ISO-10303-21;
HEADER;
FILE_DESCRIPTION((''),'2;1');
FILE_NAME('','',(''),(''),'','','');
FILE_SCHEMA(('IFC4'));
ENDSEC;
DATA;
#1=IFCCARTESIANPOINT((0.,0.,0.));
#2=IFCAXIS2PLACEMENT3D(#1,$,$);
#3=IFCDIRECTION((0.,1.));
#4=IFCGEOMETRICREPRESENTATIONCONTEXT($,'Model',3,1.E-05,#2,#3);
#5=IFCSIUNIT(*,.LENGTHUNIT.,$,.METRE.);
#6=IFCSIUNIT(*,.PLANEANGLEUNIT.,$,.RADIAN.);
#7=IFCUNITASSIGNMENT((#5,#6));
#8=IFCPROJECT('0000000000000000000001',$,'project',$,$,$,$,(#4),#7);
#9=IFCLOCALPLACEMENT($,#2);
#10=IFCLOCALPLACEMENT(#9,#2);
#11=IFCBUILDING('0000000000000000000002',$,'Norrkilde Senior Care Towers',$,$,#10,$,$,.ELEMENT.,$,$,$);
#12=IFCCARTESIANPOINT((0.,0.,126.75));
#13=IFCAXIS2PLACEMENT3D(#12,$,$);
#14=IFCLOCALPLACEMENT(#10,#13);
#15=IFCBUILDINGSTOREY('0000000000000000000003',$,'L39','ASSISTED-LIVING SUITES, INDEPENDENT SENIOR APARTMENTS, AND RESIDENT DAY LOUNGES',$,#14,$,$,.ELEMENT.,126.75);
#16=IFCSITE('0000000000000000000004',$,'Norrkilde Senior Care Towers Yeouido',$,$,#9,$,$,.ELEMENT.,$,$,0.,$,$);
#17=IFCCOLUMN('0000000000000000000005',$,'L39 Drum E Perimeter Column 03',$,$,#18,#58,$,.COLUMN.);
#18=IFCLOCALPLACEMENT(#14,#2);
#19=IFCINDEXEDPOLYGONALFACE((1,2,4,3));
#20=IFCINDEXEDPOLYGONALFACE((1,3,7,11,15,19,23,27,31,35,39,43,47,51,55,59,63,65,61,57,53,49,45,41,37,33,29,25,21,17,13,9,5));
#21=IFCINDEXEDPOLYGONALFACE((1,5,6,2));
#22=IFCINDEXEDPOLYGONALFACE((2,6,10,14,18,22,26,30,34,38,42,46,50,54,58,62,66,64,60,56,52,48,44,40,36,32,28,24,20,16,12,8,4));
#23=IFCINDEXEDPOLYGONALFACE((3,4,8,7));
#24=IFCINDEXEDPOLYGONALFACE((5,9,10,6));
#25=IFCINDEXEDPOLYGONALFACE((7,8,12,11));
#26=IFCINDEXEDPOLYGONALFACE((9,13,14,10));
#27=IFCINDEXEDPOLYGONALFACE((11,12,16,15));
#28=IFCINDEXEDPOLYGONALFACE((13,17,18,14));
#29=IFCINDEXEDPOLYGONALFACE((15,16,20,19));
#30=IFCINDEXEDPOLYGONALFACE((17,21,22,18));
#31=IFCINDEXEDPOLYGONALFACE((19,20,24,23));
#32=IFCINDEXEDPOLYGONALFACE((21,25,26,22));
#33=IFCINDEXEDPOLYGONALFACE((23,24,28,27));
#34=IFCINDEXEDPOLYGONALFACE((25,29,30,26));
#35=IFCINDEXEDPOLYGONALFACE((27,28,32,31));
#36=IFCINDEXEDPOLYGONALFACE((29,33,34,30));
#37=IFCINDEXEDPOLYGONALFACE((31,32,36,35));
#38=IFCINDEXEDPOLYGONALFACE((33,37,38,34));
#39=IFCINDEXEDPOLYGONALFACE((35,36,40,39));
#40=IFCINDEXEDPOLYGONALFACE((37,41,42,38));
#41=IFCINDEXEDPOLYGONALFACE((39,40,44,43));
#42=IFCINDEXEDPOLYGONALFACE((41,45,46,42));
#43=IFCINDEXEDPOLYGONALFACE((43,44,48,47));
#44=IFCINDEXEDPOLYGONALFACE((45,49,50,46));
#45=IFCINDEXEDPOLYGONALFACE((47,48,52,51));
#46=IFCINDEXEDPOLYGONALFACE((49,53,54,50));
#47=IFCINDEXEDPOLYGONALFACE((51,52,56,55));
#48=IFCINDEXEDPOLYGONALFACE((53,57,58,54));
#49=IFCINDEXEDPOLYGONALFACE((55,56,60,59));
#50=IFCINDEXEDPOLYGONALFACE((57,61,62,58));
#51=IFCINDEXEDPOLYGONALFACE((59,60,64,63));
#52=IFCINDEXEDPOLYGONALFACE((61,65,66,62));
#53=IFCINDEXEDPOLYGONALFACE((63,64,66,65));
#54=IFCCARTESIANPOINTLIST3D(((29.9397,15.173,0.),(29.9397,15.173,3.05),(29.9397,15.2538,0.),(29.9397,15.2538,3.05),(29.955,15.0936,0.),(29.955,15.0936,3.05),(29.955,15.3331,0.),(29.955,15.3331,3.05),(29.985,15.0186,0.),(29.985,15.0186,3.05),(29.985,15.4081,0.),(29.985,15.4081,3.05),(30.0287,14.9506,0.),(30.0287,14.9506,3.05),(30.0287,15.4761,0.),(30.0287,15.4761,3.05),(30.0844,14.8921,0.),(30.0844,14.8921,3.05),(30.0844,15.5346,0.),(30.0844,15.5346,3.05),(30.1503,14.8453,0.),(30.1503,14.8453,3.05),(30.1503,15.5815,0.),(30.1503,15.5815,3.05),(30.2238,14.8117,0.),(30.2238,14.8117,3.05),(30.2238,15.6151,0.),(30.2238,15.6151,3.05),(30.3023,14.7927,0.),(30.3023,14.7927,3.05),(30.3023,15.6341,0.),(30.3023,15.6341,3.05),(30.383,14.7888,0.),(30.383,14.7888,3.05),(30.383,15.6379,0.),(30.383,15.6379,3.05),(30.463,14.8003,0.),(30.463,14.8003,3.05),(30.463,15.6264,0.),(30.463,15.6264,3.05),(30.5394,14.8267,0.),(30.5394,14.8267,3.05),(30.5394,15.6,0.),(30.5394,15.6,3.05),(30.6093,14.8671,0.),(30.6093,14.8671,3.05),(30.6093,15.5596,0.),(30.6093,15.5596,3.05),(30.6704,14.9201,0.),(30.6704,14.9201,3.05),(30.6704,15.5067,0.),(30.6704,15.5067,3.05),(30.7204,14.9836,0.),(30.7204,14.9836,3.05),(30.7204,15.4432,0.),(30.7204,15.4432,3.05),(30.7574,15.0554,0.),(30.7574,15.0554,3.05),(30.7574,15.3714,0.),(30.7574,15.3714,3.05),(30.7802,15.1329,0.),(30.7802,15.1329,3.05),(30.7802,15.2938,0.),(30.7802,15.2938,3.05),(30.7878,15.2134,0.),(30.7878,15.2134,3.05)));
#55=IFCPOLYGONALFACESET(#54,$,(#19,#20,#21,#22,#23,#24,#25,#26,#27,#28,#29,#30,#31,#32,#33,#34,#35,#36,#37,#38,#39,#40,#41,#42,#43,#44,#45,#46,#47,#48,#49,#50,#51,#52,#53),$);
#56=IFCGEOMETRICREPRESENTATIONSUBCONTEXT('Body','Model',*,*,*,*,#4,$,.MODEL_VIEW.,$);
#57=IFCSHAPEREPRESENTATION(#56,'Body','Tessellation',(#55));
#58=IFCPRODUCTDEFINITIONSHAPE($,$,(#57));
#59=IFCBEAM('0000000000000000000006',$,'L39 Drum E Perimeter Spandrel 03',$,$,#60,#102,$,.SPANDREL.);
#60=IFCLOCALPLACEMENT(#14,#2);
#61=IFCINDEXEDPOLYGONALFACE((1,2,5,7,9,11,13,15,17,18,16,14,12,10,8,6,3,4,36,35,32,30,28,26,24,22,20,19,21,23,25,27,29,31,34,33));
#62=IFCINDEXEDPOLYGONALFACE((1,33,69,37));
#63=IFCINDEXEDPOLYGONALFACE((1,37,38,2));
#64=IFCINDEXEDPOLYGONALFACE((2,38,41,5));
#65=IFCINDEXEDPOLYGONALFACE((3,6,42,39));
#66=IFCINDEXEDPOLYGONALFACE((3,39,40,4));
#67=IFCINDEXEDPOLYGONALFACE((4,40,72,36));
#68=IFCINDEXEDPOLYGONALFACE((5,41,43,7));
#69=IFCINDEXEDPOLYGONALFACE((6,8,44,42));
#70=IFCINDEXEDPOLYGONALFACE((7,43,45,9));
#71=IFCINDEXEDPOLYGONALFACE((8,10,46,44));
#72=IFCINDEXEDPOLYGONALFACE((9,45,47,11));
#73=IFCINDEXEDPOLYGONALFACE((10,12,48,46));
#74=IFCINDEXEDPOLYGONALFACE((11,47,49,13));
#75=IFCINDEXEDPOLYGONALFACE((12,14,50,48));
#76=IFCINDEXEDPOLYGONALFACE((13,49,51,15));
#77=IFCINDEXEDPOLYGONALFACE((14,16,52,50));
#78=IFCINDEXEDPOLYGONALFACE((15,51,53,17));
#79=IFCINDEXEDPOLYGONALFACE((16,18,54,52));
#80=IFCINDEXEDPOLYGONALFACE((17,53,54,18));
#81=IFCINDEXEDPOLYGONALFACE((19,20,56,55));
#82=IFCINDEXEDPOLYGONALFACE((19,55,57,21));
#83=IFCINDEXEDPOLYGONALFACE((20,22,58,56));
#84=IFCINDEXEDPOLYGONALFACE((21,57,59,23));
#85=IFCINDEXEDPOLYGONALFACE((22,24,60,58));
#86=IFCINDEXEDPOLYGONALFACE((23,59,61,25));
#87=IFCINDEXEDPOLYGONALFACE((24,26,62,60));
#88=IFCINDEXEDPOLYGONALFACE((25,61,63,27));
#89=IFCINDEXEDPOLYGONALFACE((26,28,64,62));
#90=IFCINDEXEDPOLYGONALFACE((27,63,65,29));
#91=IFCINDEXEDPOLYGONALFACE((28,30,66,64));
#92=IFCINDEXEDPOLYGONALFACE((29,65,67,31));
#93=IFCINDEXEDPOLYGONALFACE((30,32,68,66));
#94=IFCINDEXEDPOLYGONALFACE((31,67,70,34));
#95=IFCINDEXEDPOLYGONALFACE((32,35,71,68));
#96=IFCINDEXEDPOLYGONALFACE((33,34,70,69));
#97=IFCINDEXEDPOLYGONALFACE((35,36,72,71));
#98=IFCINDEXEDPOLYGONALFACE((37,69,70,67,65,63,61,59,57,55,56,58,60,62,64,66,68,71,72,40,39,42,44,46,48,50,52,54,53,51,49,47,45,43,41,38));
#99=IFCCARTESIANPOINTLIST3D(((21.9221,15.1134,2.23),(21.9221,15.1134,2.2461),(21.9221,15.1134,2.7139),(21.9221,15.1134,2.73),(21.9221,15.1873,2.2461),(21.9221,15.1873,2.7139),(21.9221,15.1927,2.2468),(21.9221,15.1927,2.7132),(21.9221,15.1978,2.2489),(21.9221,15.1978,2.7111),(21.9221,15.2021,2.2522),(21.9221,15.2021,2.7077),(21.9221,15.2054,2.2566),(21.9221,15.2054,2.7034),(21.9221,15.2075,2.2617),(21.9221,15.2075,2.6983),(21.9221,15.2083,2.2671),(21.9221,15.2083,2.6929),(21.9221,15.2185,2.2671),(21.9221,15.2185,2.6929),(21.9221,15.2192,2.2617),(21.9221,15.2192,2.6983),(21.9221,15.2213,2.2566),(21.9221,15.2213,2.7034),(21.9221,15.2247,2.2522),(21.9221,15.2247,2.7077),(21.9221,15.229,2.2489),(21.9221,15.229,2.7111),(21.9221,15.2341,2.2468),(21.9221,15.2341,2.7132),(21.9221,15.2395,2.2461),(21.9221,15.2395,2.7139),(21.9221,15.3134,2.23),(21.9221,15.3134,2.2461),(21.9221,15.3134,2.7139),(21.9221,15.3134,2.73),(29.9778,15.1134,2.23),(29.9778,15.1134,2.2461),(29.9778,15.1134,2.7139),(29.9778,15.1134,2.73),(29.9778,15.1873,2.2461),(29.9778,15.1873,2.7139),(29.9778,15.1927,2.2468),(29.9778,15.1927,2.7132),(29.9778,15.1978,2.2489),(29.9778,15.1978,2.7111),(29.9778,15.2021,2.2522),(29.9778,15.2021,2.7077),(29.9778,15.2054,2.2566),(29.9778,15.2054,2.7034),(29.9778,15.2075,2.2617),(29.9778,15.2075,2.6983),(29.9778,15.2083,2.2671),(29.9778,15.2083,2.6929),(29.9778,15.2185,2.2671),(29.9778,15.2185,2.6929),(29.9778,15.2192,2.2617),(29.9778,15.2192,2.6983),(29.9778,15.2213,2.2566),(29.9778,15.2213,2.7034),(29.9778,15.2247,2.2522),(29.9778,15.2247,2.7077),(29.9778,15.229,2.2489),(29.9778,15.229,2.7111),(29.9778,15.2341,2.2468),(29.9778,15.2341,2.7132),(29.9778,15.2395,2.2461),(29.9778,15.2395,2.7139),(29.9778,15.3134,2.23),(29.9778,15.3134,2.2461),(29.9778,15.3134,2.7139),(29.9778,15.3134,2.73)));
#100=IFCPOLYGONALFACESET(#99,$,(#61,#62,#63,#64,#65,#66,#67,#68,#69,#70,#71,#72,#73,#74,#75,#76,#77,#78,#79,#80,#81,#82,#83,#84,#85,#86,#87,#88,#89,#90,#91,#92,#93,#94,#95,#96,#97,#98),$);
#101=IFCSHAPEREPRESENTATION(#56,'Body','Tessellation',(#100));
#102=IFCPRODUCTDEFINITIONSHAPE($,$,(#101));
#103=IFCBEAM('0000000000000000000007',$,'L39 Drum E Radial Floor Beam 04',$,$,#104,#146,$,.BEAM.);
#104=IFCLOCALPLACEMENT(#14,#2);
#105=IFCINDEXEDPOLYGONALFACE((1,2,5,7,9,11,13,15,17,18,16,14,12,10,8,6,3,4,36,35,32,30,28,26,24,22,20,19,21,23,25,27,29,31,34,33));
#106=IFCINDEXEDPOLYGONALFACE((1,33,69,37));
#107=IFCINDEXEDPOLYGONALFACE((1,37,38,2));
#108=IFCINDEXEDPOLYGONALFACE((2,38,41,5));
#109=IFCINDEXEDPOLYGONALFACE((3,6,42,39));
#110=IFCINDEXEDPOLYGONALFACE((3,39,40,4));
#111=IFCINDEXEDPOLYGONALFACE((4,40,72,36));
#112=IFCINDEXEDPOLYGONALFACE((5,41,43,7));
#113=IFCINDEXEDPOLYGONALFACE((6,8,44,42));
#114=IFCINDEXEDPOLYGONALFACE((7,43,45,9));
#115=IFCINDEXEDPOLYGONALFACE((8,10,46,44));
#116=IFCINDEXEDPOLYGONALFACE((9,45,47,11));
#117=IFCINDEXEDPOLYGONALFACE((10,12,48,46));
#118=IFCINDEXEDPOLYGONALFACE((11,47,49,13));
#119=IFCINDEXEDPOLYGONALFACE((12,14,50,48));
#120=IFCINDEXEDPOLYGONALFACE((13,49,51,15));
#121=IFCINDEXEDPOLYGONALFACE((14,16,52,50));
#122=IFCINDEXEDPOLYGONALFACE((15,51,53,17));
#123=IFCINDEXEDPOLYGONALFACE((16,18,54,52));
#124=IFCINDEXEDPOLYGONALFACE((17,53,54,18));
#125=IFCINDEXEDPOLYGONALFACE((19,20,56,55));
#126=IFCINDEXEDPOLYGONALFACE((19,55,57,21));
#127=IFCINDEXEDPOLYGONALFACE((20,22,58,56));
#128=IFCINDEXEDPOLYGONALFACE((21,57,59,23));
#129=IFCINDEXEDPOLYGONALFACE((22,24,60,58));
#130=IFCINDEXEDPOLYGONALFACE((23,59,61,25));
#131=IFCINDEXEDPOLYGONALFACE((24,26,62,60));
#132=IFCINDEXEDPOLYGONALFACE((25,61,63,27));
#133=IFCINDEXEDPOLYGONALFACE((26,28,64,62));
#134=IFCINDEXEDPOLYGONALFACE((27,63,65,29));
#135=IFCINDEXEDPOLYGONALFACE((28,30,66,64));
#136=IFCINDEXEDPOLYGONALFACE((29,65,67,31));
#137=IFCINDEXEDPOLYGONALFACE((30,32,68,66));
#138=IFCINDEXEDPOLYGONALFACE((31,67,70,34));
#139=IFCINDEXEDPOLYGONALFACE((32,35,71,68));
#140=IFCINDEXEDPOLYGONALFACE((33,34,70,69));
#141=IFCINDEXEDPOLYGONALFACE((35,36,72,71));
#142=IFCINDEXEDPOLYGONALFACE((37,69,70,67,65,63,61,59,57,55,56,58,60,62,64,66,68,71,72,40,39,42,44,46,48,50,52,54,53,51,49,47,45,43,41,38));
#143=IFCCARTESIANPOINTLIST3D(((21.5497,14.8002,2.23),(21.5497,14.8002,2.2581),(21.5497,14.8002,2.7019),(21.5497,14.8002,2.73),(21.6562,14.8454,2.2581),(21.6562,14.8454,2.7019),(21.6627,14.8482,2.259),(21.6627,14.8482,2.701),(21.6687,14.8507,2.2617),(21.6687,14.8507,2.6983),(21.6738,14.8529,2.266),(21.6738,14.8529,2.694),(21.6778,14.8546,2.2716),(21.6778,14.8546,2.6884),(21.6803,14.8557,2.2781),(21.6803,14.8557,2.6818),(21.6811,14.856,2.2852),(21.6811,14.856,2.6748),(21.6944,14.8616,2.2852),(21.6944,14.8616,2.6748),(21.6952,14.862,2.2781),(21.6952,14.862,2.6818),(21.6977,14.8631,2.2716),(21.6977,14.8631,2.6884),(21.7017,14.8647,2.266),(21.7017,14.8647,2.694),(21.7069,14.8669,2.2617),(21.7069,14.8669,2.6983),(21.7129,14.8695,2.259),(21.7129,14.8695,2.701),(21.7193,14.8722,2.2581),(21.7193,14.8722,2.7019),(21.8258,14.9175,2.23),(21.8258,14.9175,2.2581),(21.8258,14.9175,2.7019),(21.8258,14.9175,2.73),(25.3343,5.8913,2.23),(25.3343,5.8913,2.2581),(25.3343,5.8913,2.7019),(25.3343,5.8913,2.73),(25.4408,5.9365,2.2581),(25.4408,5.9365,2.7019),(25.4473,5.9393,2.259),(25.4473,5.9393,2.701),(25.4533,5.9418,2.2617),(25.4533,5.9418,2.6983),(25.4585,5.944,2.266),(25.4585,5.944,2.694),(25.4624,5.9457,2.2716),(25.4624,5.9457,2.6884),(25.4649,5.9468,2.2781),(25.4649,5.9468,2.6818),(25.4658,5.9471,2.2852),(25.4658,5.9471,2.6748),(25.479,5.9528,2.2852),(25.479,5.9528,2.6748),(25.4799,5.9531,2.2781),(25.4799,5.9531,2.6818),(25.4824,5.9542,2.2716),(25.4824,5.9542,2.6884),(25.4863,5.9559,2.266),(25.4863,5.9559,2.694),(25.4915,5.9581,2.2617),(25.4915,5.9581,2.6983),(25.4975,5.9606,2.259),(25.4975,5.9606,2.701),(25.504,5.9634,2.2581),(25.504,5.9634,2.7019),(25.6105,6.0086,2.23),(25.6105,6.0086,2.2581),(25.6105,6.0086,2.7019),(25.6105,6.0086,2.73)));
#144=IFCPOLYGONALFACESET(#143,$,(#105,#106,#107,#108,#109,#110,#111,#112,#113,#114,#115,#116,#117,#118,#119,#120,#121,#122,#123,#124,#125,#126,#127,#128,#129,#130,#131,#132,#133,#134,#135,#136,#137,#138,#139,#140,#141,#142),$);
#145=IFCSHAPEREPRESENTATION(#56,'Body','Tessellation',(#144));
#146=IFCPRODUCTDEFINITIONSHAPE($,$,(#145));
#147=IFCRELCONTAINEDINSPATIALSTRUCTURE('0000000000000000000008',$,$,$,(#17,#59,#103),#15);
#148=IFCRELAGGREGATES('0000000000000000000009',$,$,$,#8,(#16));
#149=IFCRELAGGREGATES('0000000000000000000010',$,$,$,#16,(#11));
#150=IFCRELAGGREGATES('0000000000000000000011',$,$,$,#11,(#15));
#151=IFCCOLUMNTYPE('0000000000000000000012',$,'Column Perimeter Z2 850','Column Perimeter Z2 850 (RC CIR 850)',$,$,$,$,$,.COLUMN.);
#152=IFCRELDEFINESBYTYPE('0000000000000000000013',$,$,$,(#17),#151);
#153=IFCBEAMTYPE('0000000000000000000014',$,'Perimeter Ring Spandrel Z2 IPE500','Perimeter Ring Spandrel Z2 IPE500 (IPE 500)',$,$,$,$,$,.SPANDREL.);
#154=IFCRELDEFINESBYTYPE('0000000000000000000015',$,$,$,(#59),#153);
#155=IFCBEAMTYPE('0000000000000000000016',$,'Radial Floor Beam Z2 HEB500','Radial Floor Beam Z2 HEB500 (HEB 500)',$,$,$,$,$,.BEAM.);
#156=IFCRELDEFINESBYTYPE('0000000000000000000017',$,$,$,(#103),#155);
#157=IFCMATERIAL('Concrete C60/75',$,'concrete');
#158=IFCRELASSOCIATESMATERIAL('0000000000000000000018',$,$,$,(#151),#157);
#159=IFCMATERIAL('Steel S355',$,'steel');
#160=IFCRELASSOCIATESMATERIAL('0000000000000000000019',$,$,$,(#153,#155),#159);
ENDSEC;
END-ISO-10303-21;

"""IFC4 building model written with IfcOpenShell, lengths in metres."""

from ifc_helpers import new_model, si_unit, direction, frame, origin, origin_2d, place, context, subcontext, project, spatial, circle, i_section, extrude, source, transform, mapped, material, material_profile, profile_set, type_object, type_shapes, element, save


model = new_model("IFC4")

# Units and contexts
model_context = context("Model", 3, precision=1e-05, world=origin(), true_north=direction((0.0, 1.0)))
body_context = subcontext(model_context, "Body", "Model", "MODEL_VIEW")
ifc_project = project(units=[si_unit("LENGTHUNIT", "METRE"), si_unit("PLANEANGLEUNIT", "RADIAN")], contexts=[model_context])

# Site, building, storey
site_placement = place(None, origin())
site = spatial("IfcSite", under=ifc_project, at=site_placement, Name="Norrkilde Senior Care Towers Yeouido", CompositionType="ELEMENT", RefElevation=0.0)
building_placement = place(site_placement, origin())
building = spatial("IfcBuilding", under=site, at=building_placement, Name="Norrkilde Senior Care Towers", CompositionType="ELEMENT")
storey_placement = place(building_placement, frame((0.0, 0.0, 126.75)))
storey = spatial("IfcBuildingStorey", under=building, at=storey_placement, Name="L39", Description="ASSISTED-LIVING SUITES, INDEPENDENT SENIOR APARTMENTS, AND RESIDENT DAY LOUNGES", CompositionType="ELEMENT", Elevation=126.75)

# Column
ifc_material_1 = material(Name="Concrete C60/75", Category="concrete")
ifc_material_profile_1 = material_profile(ifc_material_1, circle(Radius=0.425, at=origin_2d()), Name="RC CIR 850")
ifc_profile_set_1 = profile_set([ifc_material_profile_1], Name="Concrete C60/75")
column_type = type_object("IfcColumnType", Name="Column Perimeter Z2 850", Description="Column Perimeter Z2 850 (RC CIR 850)", PredefinedType="COLUMN", material=ifc_profile_set_1)
shared_shape_1 = source(origin(), body_context, "Body", "SweptSolid", [
    extrude(circle(Radius=0.425, at=origin_2d()), origin(), (0.0, 0.0, 1.0), 3.05),
])
type_shapes(column_type, [shared_shape_1])
column_placement = place(storey_placement, frame((30.3628, 15.2134, 0.0), z_axis=(0.0, 0.0, 1.0), x_axis=(1.0, 0.0, 0.0)))
element("IfcColumn", 1, at=column_placement, inside=storey, type_object=column_type, Name="L39 Drum E Perimeter Column 03", PredefinedType="COLUMN", context=body_context, shape_type="MappedRepresentation", body=[
    mapped(shared_shape_1, transform((0.0, 0.0, 0.0), x_axis=(1.0, 0.0, 0.0), y_axis=(0.0, 1.0, 0.0), z_axis=(0.0, 0.0, 1.0), scale=1.0)),
])

# Beams
ifc_material_2 = material(Name="Steel S355", Category="steel")
ifc_material_profile_2 = material_profile(ifc_material_2, i_section(OverallWidth=0.2, OverallDepth=0.5, WebThickness=0.0103, FlangeThickness=0.0161, FilletRadius=0.021, at=origin_2d()), Name="IPE 500")
ifc_profile_set_2 = profile_set([ifc_material_profile_2], Name="Steel S355")
beam_type_1 = type_object("IfcBeamType", Name="Perimeter Ring Spandrel Z2 IPE500", Description="Perimeter Ring Spandrel Z2 IPE500 (IPE 500)", PredefinedType="SPANDREL", material=ifc_profile_set_2)
shared_shape_2 = source(origin(), body_context, "Body", "SweptSolid", [
    extrude(i_section(OverallWidth=0.2, OverallDepth=0.5, WebThickness=0.0103, FlangeThickness=0.0161, FilletRadius=0.021, at=origin_2d()), origin(), (0.0, 0.0, 1.0), 8.0557),
])
type_shapes(beam_type_1, [shared_shape_2])
beam_1_placement = place(storey_placement, frame((29.9778, 15.2134, 2.48), z_axis=(-1.0, 0.0, 0.0), x_axis=(0.0, -1.0, 0.0)))
element("IfcBeam", 2, at=beam_1_placement, inside=storey, type_object=beam_type_1, Name="L39 Drum E Perimeter Spandrel 03", PredefinedType="SPANDREL", context=body_context, shape_type="MappedRepresentation", body=[
    mapped(shared_shape_2, transform((0.0, 0.0, 0.0), x_axis=(1.0, 0.0, 0.0), y_axis=(0.0, 1.0, 0.0), z_axis=(0.0, 0.0, 1.0), scale=1.0)),
])
ifc_material_profile_3 = material_profile(ifc_material_2, i_section(OverallWidth=0.3, OverallDepth=0.5, WebThickness=0.0144, FlangeThickness=0.0281, FilletRadius=0.0271, at=origin_2d()), Name="HEB 500")
ifc_profile_set_3 = profile_set([ifc_material_profile_3], Name="Steel S355")
beam_type_2 = type_object("IfcBeamType", Name="Radial Floor Beam Z2 HEB500", Description="Radial Floor Beam Z2 HEB500 (HEB 500)", PredefinedType="BEAM", material=ifc_profile_set_3)
shared_shape_3 = source(origin(), body_context, "Body", "SweptSolid", [
    extrude(i_section(OverallWidth=0.3, OverallDepth=0.5, WebThickness=0.0144, FlangeThickness=0.0281, FilletRadius=0.0271, at=origin_2d()), origin(), (0.0, 0.0, 1.0), 9.6794),
])
beam_2_placement = place(storey_placement, frame((25.4724, 5.95, 2.48), z_axis=(-0.390998, 0.920392, 0.0), x_axis=(-0.920392, -0.390998, 0.0)))
element("IfcBeam", 3, at=beam_2_placement, inside=storey, type_object=beam_type_2, Name="L39 Drum E Radial Floor Beam 04", PredefinedType="BEAM", context=body_context, shape_type="MappedRepresentation", body=[
    mapped(shared_shape_3, transform((0.0, 0.0, 0.0), x_axis=(1.0, 0.0, 0.0), y_axis=(0.0, 1.0, 0.0), z_axis=(0.0, 0.0, 1.0), scale=1.0)),
])

save(model, "model.ifc")
